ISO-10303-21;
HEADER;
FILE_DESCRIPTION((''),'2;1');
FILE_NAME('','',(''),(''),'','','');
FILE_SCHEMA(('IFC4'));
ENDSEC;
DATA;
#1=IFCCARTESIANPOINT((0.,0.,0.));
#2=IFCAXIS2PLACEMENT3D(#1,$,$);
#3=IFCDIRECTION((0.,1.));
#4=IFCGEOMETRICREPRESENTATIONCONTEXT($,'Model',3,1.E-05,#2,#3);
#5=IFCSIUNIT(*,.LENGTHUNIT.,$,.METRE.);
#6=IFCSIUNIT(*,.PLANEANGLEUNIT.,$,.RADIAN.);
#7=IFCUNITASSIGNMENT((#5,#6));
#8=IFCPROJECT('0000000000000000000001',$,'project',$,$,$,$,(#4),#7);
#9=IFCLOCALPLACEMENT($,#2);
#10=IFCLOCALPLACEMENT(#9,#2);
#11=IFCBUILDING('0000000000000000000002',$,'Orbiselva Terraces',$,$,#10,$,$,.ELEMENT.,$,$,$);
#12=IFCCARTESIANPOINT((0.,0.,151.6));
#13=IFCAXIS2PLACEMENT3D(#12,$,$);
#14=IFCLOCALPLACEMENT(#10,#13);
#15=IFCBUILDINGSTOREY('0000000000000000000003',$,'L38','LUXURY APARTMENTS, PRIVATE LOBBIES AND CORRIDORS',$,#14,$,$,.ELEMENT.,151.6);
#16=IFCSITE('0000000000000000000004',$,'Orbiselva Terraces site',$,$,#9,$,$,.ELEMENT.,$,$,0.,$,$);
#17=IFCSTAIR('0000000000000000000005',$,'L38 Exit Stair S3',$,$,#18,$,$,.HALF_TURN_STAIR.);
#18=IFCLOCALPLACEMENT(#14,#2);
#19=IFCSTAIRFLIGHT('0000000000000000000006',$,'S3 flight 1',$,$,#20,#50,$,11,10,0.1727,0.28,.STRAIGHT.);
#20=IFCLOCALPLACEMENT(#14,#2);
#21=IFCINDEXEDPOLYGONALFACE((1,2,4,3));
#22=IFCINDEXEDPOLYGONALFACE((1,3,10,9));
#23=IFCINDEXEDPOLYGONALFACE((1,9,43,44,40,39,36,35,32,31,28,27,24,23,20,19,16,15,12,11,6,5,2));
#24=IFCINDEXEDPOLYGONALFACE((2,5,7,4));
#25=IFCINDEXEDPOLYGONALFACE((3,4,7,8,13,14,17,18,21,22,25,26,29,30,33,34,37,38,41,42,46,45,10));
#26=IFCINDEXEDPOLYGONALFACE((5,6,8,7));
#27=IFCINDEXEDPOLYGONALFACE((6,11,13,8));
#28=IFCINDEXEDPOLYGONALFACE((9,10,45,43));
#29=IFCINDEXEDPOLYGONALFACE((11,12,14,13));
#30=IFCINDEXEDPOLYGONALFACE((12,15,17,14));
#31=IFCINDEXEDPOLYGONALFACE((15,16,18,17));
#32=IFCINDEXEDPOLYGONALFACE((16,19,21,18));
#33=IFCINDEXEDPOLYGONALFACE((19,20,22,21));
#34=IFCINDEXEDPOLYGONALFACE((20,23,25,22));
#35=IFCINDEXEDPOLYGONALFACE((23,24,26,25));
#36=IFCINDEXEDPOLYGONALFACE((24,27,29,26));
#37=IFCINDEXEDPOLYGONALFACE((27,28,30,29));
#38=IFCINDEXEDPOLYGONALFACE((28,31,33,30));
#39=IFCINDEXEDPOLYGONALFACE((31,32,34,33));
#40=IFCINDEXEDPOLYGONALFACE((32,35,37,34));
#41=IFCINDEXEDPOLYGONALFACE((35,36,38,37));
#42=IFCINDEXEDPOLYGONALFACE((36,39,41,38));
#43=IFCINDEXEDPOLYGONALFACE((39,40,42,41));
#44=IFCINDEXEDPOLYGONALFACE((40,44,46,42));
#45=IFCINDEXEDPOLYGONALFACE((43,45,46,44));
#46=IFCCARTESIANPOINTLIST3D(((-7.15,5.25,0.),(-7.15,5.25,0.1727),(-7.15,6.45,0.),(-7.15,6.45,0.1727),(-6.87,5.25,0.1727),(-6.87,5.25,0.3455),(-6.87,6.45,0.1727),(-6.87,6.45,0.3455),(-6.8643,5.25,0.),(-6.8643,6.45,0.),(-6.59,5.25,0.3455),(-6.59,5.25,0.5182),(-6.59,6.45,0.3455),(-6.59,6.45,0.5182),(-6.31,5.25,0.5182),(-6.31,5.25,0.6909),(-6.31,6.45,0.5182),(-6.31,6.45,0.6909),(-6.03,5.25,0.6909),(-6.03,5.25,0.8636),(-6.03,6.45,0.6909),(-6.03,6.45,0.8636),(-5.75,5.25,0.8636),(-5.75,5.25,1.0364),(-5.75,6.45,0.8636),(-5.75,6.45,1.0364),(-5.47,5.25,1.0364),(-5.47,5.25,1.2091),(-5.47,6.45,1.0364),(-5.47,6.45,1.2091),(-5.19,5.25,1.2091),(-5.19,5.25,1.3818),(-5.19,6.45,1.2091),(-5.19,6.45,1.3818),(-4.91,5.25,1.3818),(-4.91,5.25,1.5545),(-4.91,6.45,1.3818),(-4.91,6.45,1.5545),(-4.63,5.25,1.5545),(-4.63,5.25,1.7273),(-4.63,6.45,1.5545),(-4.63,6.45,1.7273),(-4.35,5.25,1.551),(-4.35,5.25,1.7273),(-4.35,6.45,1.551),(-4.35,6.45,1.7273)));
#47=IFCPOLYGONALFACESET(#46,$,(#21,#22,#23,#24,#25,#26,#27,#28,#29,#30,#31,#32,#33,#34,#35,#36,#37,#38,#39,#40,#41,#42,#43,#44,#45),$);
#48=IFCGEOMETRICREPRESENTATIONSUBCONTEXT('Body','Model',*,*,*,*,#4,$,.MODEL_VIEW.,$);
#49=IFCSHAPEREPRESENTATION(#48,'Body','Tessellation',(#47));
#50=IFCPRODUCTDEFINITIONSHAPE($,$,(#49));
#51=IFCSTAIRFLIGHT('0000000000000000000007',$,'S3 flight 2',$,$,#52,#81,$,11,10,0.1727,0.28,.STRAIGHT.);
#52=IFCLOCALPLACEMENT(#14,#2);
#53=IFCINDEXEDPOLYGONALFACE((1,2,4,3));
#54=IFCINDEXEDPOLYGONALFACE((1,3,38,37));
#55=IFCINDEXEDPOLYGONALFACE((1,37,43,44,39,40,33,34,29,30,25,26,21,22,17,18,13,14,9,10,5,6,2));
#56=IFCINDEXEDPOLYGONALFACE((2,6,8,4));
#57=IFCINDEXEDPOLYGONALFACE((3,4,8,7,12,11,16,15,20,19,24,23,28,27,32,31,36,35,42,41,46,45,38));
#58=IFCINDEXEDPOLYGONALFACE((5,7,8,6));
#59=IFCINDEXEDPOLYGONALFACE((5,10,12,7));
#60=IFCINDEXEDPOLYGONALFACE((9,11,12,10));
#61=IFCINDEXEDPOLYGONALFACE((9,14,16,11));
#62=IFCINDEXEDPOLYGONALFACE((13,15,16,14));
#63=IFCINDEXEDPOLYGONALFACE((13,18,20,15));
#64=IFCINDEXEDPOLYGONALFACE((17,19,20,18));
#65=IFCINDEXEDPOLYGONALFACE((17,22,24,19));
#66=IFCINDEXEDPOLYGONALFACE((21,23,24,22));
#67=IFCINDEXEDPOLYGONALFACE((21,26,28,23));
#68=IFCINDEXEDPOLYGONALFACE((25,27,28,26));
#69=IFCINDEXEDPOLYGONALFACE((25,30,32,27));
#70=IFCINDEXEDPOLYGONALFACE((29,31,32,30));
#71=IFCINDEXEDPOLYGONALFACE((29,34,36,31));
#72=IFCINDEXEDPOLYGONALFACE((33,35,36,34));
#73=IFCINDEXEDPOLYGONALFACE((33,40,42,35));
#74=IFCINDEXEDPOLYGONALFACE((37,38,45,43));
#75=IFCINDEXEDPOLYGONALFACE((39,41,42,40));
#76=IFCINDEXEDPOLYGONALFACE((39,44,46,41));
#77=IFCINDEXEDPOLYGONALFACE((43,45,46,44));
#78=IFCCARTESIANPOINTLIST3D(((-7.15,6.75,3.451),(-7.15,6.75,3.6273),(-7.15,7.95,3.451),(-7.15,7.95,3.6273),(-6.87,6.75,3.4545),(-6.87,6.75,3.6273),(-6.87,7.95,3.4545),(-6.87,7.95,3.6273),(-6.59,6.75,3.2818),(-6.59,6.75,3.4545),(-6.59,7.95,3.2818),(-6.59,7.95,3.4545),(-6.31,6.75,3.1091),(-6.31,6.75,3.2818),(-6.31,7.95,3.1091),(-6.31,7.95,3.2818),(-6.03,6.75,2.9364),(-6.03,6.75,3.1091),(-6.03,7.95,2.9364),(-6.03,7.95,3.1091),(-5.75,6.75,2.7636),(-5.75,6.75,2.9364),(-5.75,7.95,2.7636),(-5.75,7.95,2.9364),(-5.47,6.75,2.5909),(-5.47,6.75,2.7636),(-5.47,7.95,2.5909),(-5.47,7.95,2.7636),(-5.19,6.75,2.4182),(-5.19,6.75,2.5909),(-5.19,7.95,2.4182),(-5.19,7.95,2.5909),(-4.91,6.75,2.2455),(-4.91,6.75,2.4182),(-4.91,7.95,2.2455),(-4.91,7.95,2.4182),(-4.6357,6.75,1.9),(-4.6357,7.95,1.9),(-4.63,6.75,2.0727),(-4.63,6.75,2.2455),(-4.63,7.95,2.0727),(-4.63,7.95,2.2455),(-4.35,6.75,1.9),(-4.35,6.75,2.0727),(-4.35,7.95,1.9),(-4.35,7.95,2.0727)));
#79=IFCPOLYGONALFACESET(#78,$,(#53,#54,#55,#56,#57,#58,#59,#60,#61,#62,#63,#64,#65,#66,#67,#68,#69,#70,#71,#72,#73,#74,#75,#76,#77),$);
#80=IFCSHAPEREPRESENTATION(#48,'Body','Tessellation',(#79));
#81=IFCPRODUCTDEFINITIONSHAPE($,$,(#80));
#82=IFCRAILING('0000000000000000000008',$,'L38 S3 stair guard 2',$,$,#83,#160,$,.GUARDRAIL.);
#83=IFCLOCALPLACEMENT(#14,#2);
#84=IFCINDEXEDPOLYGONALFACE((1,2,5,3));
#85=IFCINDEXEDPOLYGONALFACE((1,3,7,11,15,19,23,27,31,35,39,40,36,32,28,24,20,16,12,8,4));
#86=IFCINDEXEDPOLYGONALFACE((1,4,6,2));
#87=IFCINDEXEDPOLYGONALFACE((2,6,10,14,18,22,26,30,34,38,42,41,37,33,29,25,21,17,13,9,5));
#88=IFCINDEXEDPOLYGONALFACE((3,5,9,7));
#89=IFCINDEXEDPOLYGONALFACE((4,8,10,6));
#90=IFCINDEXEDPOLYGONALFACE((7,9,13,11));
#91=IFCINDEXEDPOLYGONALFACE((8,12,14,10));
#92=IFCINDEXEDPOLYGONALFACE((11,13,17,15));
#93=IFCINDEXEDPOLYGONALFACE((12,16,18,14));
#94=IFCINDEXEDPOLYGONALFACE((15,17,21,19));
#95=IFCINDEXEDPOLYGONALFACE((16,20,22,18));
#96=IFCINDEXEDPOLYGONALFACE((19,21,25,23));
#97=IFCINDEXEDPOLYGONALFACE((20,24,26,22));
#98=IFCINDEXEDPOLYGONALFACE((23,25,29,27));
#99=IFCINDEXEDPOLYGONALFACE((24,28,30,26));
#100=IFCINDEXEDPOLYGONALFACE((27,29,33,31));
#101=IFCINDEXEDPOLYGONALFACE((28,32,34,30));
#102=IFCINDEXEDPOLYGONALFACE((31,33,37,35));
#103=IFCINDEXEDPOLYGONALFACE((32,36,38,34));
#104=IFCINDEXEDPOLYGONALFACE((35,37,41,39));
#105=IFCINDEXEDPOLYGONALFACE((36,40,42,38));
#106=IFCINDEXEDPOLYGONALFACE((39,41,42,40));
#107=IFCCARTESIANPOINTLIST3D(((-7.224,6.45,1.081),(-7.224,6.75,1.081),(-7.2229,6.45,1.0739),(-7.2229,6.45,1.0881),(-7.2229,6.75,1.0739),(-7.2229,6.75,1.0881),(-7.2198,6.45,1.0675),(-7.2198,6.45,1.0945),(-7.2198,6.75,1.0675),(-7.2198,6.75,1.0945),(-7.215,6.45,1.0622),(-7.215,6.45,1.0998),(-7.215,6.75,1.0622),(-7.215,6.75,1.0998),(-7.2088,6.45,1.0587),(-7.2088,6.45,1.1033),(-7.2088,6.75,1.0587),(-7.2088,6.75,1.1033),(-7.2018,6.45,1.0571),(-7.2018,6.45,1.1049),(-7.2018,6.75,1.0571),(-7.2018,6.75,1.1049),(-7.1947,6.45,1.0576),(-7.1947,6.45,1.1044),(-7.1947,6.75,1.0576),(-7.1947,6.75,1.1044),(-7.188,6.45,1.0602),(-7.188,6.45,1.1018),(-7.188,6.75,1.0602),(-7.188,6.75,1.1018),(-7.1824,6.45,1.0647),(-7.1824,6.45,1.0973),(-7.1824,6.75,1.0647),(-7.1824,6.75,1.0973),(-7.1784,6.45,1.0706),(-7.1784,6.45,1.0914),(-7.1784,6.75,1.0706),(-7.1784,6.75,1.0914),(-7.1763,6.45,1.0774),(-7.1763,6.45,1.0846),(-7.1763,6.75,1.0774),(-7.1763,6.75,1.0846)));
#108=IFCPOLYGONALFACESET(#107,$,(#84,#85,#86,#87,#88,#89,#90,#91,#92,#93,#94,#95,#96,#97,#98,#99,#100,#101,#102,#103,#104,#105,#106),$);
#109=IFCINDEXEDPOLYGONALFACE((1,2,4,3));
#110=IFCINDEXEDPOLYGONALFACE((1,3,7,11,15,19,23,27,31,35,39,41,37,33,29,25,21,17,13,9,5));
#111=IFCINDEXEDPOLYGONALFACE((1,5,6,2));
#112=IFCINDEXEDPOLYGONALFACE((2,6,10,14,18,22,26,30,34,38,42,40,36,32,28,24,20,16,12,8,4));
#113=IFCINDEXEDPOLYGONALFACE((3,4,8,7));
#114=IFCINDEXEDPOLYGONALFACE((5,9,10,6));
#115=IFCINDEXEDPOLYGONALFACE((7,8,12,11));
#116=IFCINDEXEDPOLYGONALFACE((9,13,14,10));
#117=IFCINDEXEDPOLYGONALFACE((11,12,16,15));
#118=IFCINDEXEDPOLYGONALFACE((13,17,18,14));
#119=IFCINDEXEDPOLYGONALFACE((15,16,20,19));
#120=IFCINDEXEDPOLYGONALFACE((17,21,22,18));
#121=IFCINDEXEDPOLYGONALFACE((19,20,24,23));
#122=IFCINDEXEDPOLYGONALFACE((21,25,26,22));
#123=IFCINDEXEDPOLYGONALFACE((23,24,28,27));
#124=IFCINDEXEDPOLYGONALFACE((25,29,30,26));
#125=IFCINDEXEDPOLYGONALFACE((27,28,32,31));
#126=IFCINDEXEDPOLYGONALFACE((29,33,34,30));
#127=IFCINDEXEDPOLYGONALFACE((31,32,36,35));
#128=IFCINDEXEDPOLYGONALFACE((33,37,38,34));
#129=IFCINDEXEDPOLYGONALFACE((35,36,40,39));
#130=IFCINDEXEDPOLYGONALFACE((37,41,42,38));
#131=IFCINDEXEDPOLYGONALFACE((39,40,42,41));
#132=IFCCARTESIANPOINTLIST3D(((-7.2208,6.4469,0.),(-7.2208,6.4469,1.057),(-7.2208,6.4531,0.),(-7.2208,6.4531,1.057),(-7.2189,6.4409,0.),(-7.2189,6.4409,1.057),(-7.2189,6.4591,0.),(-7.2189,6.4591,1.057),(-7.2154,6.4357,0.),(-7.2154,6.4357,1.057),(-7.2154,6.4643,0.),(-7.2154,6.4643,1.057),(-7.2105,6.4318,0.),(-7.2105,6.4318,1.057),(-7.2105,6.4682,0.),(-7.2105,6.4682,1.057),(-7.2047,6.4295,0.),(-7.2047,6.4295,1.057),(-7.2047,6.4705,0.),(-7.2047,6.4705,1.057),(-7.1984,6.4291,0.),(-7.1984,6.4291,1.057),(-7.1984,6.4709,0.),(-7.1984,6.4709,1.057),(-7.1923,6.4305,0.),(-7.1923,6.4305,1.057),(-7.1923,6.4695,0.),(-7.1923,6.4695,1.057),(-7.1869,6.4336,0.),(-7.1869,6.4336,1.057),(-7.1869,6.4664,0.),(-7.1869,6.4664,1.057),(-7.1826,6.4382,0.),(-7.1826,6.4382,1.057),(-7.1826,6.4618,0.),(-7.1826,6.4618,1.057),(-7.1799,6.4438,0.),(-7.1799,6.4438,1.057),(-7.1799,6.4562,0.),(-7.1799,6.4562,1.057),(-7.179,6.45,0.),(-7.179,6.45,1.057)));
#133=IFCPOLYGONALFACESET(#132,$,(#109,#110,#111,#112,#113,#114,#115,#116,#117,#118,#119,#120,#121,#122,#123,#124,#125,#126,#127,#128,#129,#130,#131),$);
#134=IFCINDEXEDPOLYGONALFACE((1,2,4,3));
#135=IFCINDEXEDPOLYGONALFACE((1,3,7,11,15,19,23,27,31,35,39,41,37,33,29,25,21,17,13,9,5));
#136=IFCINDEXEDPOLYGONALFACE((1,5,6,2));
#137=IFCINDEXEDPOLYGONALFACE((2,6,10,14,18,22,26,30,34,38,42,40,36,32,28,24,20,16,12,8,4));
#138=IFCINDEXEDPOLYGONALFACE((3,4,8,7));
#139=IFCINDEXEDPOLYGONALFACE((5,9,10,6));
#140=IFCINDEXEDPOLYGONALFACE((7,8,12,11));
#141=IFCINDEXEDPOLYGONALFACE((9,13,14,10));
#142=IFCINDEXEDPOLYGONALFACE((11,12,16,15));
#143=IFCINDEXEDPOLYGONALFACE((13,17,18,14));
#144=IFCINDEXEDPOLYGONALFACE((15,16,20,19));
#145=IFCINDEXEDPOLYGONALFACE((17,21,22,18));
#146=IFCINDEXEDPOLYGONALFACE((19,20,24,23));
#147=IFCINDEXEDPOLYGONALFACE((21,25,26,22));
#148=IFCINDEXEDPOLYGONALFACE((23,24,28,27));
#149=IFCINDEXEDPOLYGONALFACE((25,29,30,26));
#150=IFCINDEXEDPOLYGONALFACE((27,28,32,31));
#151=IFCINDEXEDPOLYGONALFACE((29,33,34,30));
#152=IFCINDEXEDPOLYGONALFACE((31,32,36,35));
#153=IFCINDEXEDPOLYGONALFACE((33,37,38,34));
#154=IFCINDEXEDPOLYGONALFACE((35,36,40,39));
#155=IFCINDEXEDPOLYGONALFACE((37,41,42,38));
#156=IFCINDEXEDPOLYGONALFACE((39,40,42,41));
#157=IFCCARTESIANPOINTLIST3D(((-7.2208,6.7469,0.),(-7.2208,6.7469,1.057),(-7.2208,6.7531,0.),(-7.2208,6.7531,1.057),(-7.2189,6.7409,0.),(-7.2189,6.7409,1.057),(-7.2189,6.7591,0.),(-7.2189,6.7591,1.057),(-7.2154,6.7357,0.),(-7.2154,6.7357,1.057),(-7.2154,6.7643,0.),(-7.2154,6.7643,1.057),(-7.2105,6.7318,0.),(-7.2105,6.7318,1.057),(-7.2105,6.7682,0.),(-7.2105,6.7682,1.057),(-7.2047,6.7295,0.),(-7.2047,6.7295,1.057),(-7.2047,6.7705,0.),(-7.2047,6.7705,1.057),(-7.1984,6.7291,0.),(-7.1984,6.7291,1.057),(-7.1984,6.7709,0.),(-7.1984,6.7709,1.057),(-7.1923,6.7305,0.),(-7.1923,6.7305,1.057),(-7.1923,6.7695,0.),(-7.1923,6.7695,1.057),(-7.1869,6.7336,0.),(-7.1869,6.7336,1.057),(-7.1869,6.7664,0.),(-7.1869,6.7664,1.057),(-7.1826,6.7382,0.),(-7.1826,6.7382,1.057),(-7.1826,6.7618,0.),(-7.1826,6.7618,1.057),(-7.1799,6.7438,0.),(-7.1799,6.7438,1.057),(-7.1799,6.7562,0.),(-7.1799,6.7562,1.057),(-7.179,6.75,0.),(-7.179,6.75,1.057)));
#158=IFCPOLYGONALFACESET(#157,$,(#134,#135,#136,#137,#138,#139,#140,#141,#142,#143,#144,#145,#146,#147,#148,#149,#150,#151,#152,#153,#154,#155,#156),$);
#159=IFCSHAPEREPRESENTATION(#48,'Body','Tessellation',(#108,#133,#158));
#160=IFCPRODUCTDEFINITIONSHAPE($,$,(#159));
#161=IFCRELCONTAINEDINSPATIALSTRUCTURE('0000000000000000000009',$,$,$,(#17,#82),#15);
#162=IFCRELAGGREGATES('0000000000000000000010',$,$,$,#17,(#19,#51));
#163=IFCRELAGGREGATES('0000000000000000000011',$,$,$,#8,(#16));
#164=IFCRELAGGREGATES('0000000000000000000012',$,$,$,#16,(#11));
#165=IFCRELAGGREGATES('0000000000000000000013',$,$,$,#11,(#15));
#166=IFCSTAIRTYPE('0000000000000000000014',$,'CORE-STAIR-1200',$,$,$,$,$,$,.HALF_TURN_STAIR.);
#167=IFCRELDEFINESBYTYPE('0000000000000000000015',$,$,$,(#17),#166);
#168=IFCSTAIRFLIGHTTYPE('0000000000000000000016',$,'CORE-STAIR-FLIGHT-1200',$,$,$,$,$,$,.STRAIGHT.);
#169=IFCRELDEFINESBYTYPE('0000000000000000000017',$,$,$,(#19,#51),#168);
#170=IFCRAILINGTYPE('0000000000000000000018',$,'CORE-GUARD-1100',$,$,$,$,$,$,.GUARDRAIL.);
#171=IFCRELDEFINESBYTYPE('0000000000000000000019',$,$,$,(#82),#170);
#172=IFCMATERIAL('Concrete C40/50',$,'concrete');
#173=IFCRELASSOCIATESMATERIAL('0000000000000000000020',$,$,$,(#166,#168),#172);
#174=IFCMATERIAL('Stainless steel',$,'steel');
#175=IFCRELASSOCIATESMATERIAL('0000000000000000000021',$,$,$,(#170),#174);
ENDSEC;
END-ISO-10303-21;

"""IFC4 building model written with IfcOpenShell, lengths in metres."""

from ifc_helpers import new_model, si_unit, direction, frame, origin, origin_2d, place, context, subcontext, project, spatial, polyline, circle, outline, extrude, material, type_object, element, aggregate, save


model = new_model("IFC4")

# Units and contexts
model_context = context("Model", 3, precision=1e-05, world=origin(), true_north=direction((0.0, 1.0)))
body_context = subcontext(model_context, "Body", "Model", "MODEL_VIEW")
ifc_project = project(units=[si_unit("LENGTHUNIT", "METRE"), si_unit("PLANEANGLEUNIT", "RADIAN")], contexts=[model_context])

# Site, building, storey
site_placement = place(None, origin())
site = spatial("IfcSite", under=ifc_project, at=site_placement, Name="Orbiselva Terraces site", CompositionType="ELEMENT", RefElevation=0.0)
building_placement = place(site_placement, origin())
building = spatial("IfcBuilding", under=site, at=building_placement, Name="Orbiselva Terraces", CompositionType="ELEMENT")
storey_placement = place(building_placement, frame((0.0, 0.0, 151.6)))
storey = spatial("IfcBuildingStorey", under=building, at=storey_placement, Name="L38", Description="LUXURY APARTMENTS, PRIVATE LOBBIES AND CORRIDORS", CompositionType="ELEMENT", Elevation=151.6)

# Stair, stair flights
ifc_material_1 = material(Name="Concrete C40/50", Category="concrete")
stair_type = type_object("IfcStairType", Name="CORE-STAIR-1200", PredefinedType="HALF_TURN_STAIR", material=ifc_material_1)
stair_placement = place(storey_placement, origin())
stair = element("IfcStair", 1, at=stair_placement, inside=storey, type_object=stair_type, Name="L38 Exit Stair S3", PredefinedType="HALF_TURN_STAIR")
stair_flight_type = type_object("IfcStairFlightType", Name="CORE-STAIR-FLIGHT-1200", PredefinedType="STRAIGHT", material=ifc_material_1)
stair_flight_1_placement = place(storey_placement, frame((-7.15, 5.85, 0.0), z_axis=(0.0, 0.0, 1.0), x_axis=(1.0, 0.0, 0.0)))
stair_flight_1 = element("IfcStairFlight", 2, at=stair_flight_1_placement, type_object=stair_flight_type, Name="S3 flight 1", NumberOfRisers=11, NumberOfTreads=10, PredefinedType="STRAIGHT", RiserHeight=0.1727, TreadLength=0.28, context=body_context, shape_type="SweptSolid", body=[
    extrude(outline(polyline([(0.0, 0.0), (0.0, 0.1727), (0.28, 0.1727), (0.28, 0.3455), (0.56, 0.3455), (0.56, 0.5182), (0.84, 0.5182), (0.84, 0.6909), (1.12, 0.6909), (1.12, 0.8636), (1.4, 0.8636), (1.4, 1.0364), (1.68, 1.0364), (1.68, 1.2091), (1.96, 1.2091), (1.96, 1.3818), (2.24, 1.3818), (2.24, 1.5545), (2.52, 1.5545), (2.52, 1.7273), (2.8, 1.7273), (2.8, 1.9), (2.8, 1.551), (0.2857, 0.0), (0.0, 0.0)])), frame((0.0, 0.6, 0.0), z_axis=(0.0, -1.0, 0.0), x_axis=(1.0, 0.0, 0.0)), (0.0, 0.0, 1.0), 1.2),
])
stair_flight_2_placement = place(storey_placement, frame((-4.35, 7.35, 1.9), z_axis=(0.0, 0.0, 1.0), x_axis=(-1.0, 0.0, 0.0)))
stair_flight_2 = element("IfcStairFlight", 3, at=stair_flight_2_placement, type_object=stair_flight_type, Name="S3 flight 2", NumberOfRisers=11, NumberOfTreads=10, PredefinedType="STRAIGHT", RiserHeight=0.1727, TreadLength=0.28, context=body_context, shape_type="SweptSolid", body=[
    extrude(outline(polyline([(0.0, 0.0), (0.0, 0.1727), (0.28, 0.1727), (0.28, 0.3455), (0.56, 0.3455), (0.56, 0.5182), (0.84, 0.5182), (0.84, 0.6909), (1.12, 0.6909), (1.12, 0.8636), (1.4, 0.8636), (1.4, 1.0364), (1.68, 1.0364), (1.68, 1.2091), (1.96, 1.2091), (1.96, 1.3818), (2.24, 1.3818), (2.24, 1.5545), (2.52, 1.5545), (2.52, 1.7273), (2.8, 1.7273), (2.8, 1.9), (2.8, 1.551), (0.2857, 0.0), (0.0, 0.0)])), frame((0.0, 0.6, 0.0), z_axis=(0.0, -1.0, 0.0), x_axis=(1.0, 0.0, 0.0)), (0.0, 0.0, 1.0), 1.2),
])
aggregate(stair, [stair_flight_1, stair_flight_2])

# Railing
ifc_material_2 = material(Name="Stainless steel", Category="steel")
railing_type_1 = type_object("IfcRailingType", Name="CORE-GUARD-1100", PredefinedType="GUARDRAIL", material=ifc_material_2)
railing_1_placement = place(storey_placement, frame((-7.2, 6.45, 0.0)))
element("IfcRailing", 4, at=railing_1_placement, inside=storey, type_object=railing_type_1, Name="L38 S3 stair guard 2", PredefinedType="GUARDRAIL", context=body_context, shape_type="SweptSolid", body=[
    extrude(circle(Radius=0.024, at=origin_2d()), frame((0.0, 0.0, 1.081), z_axis=(0.0, 1.0, 0.0), x_axis=(-1.0, 0.0, 0.0)), (0.0, 0.0, 1.0), 0.3),
    extrude(circle(Radius=0.021, at=origin_2d()), origin(), (0.0, 0.0, 1.0), 1.057),
    extrude(circle(Radius=0.021, at=origin_2d()), frame((0.0, 0.3, 0.0)), (0.0, 0.0, 1.0), 1.057),
])

save(model, "model.ifc")
